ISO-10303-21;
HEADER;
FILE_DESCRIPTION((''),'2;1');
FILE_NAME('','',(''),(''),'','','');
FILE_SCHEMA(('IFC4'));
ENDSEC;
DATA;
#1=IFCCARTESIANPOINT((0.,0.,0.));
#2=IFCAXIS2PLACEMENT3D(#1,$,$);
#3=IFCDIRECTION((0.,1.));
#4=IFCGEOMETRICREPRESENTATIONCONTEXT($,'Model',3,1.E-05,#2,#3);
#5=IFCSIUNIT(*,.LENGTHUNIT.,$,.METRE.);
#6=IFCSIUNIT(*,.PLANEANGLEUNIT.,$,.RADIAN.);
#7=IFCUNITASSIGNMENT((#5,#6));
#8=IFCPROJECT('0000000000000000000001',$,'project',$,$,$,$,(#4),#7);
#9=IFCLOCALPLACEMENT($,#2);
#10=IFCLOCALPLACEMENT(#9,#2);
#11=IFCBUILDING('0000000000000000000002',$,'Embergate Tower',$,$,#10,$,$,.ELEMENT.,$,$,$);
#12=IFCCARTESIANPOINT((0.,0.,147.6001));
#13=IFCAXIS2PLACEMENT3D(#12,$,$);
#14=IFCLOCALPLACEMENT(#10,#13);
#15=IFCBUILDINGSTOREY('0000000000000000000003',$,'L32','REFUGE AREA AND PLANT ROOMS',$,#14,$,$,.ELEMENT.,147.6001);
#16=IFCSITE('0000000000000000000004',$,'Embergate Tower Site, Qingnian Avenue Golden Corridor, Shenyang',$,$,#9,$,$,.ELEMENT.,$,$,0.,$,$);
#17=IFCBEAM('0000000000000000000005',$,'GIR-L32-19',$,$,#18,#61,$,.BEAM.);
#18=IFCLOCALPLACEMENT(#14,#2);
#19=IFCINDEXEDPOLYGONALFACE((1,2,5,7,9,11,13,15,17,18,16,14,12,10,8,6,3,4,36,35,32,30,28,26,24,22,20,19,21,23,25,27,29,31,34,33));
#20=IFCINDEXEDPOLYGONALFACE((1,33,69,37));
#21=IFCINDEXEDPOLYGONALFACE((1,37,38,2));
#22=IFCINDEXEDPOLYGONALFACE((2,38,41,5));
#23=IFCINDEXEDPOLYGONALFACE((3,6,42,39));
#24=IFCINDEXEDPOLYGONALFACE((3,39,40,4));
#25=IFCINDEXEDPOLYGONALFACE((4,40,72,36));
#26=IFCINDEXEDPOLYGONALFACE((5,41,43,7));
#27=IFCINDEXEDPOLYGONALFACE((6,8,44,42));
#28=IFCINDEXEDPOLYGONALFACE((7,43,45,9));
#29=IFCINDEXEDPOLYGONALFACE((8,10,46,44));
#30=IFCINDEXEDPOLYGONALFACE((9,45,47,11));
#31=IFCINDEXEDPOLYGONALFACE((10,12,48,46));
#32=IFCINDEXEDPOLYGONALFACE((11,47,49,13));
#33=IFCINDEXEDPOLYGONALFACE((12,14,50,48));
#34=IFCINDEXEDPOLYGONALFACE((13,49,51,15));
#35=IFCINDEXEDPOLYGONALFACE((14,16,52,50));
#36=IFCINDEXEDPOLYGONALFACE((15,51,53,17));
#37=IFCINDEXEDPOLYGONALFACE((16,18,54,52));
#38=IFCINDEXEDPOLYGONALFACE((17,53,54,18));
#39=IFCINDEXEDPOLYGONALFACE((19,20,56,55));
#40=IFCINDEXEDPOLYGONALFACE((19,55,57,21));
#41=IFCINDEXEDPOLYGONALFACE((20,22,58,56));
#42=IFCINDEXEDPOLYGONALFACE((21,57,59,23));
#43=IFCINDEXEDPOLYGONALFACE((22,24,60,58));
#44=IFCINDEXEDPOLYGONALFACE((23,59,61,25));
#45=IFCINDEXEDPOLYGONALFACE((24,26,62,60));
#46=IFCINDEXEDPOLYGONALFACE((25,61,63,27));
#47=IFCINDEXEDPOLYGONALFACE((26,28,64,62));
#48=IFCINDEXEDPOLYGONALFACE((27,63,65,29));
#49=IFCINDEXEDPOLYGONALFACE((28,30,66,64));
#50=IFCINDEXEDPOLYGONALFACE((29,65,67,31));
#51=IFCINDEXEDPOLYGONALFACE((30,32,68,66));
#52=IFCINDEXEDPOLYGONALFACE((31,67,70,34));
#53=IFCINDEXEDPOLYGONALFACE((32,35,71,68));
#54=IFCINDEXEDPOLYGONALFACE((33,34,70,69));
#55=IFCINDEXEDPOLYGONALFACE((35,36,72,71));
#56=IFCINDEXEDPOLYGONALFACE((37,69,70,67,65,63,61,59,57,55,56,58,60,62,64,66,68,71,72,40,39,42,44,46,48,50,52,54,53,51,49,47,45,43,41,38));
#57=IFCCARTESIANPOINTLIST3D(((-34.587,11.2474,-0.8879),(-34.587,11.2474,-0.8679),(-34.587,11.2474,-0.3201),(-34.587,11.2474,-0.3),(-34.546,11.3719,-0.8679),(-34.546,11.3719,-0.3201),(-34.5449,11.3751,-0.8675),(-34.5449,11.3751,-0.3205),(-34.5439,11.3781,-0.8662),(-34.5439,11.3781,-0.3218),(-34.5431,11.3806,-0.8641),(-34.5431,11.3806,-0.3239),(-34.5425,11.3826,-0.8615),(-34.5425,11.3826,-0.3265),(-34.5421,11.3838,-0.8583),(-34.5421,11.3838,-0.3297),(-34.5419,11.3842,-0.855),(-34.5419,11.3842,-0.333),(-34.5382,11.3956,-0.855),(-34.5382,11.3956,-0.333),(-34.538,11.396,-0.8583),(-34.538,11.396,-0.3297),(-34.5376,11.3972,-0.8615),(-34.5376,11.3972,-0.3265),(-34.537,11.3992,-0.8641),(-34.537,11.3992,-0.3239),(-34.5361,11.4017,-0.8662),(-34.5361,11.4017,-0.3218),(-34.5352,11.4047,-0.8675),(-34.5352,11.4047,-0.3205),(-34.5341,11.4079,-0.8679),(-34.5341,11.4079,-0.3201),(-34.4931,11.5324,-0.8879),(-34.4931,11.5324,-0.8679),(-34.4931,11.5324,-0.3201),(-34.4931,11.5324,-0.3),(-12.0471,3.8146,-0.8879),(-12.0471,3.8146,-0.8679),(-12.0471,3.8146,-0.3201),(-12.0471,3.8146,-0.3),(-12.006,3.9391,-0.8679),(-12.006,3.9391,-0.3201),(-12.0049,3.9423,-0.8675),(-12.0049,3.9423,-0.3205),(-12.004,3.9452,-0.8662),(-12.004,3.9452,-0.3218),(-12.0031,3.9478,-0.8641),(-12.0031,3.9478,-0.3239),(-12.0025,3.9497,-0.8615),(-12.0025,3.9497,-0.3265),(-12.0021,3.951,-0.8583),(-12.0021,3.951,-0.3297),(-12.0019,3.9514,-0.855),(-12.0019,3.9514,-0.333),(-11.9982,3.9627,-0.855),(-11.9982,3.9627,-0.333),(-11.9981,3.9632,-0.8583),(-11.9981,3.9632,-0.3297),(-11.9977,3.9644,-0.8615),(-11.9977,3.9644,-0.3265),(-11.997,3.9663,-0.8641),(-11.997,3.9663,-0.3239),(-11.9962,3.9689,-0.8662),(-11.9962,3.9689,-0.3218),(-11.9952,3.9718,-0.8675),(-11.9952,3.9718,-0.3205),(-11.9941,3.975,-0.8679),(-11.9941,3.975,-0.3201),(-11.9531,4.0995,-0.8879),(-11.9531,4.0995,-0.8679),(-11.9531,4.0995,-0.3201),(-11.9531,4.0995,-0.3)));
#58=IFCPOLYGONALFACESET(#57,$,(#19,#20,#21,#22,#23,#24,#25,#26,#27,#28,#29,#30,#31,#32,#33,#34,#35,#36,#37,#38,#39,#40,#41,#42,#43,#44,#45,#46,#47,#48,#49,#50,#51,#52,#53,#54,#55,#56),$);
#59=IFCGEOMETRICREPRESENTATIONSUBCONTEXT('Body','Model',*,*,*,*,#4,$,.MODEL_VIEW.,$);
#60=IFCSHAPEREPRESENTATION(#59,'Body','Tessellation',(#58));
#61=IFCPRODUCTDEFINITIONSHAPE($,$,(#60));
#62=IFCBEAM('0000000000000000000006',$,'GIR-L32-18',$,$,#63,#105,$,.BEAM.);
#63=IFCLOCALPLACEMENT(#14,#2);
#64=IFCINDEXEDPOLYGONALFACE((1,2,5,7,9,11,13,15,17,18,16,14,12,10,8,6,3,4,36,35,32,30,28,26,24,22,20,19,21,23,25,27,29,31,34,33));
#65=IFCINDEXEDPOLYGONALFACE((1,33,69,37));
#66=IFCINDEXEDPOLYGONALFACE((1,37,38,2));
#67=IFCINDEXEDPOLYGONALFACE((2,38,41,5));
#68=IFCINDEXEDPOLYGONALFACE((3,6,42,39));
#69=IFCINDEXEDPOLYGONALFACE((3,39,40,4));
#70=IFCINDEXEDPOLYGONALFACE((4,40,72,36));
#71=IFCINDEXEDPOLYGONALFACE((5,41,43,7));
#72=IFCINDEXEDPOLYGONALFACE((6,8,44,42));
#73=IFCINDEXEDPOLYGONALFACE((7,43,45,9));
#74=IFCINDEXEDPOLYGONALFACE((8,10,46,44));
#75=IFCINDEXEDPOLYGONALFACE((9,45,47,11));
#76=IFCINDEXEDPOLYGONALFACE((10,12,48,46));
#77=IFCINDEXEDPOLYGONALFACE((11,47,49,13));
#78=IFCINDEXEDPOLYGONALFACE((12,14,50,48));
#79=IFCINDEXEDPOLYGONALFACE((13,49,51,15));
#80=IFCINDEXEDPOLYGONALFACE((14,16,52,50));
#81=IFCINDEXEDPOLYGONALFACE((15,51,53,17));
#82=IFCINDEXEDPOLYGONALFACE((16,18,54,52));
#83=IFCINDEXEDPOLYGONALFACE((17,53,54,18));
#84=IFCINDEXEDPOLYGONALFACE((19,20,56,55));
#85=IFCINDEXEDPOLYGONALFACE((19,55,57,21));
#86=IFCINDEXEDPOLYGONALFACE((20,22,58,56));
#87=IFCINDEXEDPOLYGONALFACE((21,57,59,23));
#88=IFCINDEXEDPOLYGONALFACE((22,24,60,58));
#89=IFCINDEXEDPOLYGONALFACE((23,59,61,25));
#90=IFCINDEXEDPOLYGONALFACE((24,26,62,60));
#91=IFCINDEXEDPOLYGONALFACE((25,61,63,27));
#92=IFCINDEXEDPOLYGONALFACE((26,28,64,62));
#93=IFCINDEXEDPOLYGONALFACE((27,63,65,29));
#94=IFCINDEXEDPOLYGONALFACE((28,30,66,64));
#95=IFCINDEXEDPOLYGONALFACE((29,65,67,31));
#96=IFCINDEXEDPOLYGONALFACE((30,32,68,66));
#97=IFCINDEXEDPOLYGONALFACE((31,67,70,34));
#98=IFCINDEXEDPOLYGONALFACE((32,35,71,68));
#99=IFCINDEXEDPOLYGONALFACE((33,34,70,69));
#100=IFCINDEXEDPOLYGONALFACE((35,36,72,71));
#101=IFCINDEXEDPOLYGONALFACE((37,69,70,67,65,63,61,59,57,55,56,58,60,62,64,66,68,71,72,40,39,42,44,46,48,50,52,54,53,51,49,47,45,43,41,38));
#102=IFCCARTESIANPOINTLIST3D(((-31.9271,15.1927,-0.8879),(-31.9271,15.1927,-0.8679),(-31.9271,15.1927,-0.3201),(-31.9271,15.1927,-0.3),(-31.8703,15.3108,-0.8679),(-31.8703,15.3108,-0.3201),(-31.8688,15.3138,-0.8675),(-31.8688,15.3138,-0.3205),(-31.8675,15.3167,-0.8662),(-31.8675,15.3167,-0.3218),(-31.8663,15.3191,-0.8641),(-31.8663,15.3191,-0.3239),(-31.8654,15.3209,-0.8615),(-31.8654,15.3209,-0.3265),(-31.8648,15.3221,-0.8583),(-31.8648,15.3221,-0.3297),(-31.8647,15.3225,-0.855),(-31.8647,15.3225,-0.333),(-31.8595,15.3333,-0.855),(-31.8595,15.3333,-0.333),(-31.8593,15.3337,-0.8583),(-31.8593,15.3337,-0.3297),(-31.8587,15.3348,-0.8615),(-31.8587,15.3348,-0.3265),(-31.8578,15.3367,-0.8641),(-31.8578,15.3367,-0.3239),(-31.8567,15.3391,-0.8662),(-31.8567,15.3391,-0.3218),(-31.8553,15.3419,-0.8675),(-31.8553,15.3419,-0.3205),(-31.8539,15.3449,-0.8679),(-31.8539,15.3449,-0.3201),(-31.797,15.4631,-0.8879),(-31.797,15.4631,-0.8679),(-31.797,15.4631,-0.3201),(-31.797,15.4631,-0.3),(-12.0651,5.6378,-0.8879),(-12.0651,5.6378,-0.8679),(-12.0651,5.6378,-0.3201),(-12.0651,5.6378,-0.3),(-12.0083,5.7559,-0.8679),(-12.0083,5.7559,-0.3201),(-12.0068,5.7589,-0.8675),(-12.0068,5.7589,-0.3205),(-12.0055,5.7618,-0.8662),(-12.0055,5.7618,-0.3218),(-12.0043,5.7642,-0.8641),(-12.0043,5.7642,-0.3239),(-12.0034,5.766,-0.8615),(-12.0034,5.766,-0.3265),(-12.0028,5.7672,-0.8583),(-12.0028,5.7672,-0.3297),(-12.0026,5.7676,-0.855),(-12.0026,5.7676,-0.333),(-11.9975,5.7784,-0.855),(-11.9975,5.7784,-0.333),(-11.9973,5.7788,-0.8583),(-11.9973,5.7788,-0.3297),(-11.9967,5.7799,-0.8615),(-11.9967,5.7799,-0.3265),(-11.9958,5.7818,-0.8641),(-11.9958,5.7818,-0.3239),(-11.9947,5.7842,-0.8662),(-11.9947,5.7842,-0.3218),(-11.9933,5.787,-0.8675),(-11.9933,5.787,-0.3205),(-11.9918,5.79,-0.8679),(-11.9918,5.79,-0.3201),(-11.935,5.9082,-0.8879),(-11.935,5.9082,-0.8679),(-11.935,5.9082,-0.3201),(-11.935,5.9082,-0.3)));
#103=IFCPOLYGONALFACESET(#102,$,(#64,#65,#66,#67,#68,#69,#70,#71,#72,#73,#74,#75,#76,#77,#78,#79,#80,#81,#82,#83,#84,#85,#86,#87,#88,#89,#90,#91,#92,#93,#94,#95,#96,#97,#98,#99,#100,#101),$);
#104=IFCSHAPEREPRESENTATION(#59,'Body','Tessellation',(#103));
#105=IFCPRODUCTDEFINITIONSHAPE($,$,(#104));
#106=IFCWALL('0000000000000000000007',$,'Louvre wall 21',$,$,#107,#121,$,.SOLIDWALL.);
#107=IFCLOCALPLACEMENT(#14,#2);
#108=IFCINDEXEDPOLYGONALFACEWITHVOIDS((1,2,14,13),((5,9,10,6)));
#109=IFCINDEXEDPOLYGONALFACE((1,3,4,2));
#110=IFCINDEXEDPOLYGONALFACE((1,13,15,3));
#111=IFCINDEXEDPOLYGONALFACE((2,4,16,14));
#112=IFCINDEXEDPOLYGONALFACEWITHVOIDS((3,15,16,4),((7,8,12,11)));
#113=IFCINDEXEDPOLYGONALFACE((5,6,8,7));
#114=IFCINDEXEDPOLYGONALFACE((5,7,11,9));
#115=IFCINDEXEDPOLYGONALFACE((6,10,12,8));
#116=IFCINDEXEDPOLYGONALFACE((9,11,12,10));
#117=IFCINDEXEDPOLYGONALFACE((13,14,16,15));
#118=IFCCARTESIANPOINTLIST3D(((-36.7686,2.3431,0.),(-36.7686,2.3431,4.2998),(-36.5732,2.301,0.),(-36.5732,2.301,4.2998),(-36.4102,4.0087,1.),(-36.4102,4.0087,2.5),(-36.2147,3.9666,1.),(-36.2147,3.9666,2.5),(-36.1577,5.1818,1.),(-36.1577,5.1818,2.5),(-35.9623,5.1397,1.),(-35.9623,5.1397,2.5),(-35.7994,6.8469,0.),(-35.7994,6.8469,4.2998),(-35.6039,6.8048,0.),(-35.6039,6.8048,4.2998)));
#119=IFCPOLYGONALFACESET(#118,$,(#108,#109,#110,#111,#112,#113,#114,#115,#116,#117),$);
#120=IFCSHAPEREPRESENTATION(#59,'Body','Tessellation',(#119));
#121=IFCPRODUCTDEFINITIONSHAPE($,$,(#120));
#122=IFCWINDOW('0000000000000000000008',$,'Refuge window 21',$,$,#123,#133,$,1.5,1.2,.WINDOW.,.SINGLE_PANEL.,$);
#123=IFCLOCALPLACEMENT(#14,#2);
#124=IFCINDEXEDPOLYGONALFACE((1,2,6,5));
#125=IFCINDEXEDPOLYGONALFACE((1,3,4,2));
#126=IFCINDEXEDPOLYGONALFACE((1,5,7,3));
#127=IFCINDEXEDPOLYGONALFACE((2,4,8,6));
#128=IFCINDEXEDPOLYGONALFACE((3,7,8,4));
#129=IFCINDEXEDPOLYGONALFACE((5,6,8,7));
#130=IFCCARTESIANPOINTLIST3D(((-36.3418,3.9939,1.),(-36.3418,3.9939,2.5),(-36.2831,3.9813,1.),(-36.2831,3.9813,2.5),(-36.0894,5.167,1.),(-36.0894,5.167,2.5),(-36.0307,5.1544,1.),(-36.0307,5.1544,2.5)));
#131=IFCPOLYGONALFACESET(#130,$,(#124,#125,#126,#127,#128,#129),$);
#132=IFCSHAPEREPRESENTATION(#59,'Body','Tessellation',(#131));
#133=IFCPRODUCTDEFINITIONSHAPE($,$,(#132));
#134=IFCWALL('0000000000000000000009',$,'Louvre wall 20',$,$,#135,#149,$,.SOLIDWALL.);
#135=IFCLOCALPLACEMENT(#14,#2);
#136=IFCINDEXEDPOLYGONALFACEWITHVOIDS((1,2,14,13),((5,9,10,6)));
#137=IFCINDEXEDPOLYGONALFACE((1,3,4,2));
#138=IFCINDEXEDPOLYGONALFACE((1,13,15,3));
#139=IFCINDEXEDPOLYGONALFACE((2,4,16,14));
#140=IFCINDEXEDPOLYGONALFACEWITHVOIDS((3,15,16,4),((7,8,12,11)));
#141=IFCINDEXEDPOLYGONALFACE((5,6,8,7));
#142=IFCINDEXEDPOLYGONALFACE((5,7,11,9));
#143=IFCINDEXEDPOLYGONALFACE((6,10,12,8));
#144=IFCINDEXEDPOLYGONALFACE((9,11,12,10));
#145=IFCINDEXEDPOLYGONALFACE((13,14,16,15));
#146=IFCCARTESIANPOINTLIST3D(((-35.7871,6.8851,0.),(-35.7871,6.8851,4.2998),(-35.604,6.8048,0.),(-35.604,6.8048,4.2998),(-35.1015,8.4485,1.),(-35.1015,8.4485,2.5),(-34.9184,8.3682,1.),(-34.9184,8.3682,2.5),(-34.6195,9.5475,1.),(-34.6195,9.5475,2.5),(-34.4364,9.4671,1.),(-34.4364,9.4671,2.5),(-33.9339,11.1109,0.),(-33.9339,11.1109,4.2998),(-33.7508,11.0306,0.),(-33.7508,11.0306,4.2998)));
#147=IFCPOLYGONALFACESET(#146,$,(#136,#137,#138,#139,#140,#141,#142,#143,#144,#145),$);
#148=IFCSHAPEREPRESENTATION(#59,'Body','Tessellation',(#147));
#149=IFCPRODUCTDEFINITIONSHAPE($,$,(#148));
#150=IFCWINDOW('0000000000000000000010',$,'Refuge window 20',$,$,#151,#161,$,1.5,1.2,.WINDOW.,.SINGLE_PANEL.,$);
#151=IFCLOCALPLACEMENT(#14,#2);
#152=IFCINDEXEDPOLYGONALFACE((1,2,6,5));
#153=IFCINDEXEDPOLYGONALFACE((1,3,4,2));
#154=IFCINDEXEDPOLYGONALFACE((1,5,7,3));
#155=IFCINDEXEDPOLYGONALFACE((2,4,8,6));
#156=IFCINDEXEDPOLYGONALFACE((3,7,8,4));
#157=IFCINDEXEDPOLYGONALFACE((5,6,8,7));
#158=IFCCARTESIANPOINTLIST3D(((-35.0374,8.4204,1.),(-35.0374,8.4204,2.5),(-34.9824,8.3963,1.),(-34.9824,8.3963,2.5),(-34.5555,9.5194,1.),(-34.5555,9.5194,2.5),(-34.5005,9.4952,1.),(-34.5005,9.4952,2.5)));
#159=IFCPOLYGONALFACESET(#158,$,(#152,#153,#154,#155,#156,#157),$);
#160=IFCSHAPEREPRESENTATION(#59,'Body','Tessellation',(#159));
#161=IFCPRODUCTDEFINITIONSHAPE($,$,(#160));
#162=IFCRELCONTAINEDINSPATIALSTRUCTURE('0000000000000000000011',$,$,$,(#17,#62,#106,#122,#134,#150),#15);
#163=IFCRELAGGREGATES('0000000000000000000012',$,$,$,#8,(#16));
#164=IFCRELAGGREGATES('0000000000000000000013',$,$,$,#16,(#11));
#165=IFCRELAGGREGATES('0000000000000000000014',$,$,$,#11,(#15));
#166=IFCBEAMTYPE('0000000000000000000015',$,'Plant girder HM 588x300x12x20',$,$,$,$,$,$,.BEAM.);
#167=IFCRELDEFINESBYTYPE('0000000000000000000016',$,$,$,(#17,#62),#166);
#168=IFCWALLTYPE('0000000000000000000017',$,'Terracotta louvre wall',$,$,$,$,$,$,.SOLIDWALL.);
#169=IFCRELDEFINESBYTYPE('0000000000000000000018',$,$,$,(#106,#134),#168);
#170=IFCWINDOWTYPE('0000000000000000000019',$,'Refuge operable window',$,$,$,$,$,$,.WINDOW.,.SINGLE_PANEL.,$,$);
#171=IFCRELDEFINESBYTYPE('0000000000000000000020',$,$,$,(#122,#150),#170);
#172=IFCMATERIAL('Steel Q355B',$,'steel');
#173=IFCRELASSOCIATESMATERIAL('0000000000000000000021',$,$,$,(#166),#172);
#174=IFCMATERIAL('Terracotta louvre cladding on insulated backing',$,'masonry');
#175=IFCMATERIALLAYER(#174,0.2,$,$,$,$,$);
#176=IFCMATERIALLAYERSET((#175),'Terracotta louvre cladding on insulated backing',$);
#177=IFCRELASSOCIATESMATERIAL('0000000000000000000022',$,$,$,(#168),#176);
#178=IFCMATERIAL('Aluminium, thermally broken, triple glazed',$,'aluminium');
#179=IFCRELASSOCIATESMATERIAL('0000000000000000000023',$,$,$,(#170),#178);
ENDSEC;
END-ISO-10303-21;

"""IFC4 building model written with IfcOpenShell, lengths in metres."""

from ifc_helpers import new_model, si_unit, direction, frame, frame_2d, origin, origin_2d, place, context, subcontext, project, spatial, rectangle, i_section, extrude, source, transform, mapped, material, layer, layer_set, material_profile, profile_set, type_object, element, fill, save


model = new_model("IFC4")

# Units and contexts
model_context = context("Model", 3, precision=1e-05, world=origin(), true_north=direction((0.0, 1.0)))
body_context = subcontext(model_context, "Body", "Model", "MODEL_VIEW")
ifc_project = project(units=[si_unit("LENGTHUNIT", "METRE"), si_unit("PLANEANGLEUNIT", "RADIAN")], contexts=[model_context])

# Site, building, storey
site_placement = place(None, origin())
site = spatial("IfcSite", under=ifc_project, at=site_placement, Name="Embergate Tower Site, Qingnian Avenue Golden Corridor, Shenyang", CompositionType="ELEMENT", RefElevation=0.0)
building_placement = place(site_placement, origin())
building = spatial("IfcBuilding", under=site, at=building_placement, Name="Embergate Tower", CompositionType="ELEMENT")
storey_placement = place(building_placement, frame((0.0, 0.0, 147.6001)))
storey = spatial("IfcBuildingStorey", under=building, at=storey_placement, Name="L32", Description="REFUGE AREA AND PLANT ROOMS", CompositionType="ELEMENT", Elevation=147.6001)

# Beams
ifc_material_1 = material(Name="Steel Q355B", Category="steel")
ifc_material_profile_1 = material_profile(ifc_material_1, i_section(OverallWidth=0.3, OverallDepth=0.5879, WebThickness=0.012, FlangeThickness=0.02, FilletRadius=0.0129, at=origin_2d()), Name="HM 588x300x12x20")
ifc_profile_set_1 = profile_set([ifc_material_profile_1], Name="Steel Q355 grade B")
beam_type_1 = type_object("IfcBeamType", Name="Plant girder HM 588x300x12x20", PredefinedType="BEAM", material=ifc_profile_set_1)
shared_shape_1 = source(origin(), body_context, "Body", "SweptSolid", [
    extrude(i_section(OverallWidth=0.3, OverallDepth=0.5879, WebThickness=0.012, FlangeThickness=0.02, FilletRadius=0.0129, at=origin_2d()), origin(), (0.0, 0.0, 1.0), 23.7339),
])
beam_1_placement = place(storey_placement, frame((-34.54, 11.3899, -0.594), z_axis=(0.949696, -0.313174, 0.0), x_axis=(0.313174, 0.949696, 0.0)))
element("IfcBeam", 1, at=beam_1_placement, inside=storey, type_object=beam_type_1, Name="GIR-L32-19", PredefinedType="BEAM", context=body_context, shape_type="MappedRepresentation", body=[
    mapped(shared_shape_1, transform((0.0, 0.0, 0.0))),
])
shared_shape_2 = source(origin(), body_context, "Body", "SweptSolid", [
    extrude(i_section(OverallWidth=0.3, OverallDepth=0.5879, WebThickness=0.012, FlangeThickness=0.02, FilletRadius=0.0129, at=origin_2d()), origin(), (0.0, 0.0, 1.0), 22.0408),
])
beam_2_placement = place(storey_placement, frame((-31.8621, 15.3279, -0.594), z_axis=(0.901149, -0.433511, 0.0), x_axis=(0.433511, 0.901149, 0.0)))
element("IfcBeam", 2, at=beam_2_placement, inside=storey, type_object=beam_type_1, Name="GIR-L32-18", PredefinedType="BEAM", context=body_context, shape_type="MappedRepresentation", body=[
    mapped(shared_shape_2, transform((0.0, 0.0, 0.0))),
])

# Walls, openings, windows
ifc_material_2 = material(Name="Terracotta louvre cladding on insulated backing", Category="masonry")
ifc_layer_1 = layer(ifc_material_2, 0.2)
ifc_layer_set_1 = layer_set([ifc_layer_1], Name="Terracotta louvre cladding on insulated backing")
wall_type_1 = type_object("IfcWallType", Name="Terracotta louvre wall", PredefinedType="SOLIDWALL", material=ifc_layer_set_1)
shared_shape_3 = source(origin(), body_context, "Body", "SweptSolid", [
    extrude(rectangle(XDim=4.6069, YDim=0.2, at=frame_2d((2.3035, 0.0))), origin(), (0.0, 0.0, 1.0), 4.2998),
])
wall_1_placement = place(storey_placement, frame((-36.6709, 2.322, 0.0), z_axis=(0.0, 0.0, 1.0), x_axis=(0.210383, 0.977619, 0.0)))
wall_1 = element("IfcWall", 3, at=wall_1_placement, inside=storey, type_object=wall_type_1, Name="Louvre wall 21", PredefinedType="SOLIDWALL", context=body_context, shape_type="MappedRepresentation", body=[
    mapped(shared_shape_3, transform((0.0, 0.0, 0.0))),
])
shared_shape_4 = source(origin(), body_context, "Body", "SweptSolid", [
    extrude(rectangle(XDim=1.2, YDim=1.5, at=frame_2d((0.6001, 0.75))), frame((0.0, 0.1099, 0.0), z_axis=(0.0, -1.0, 0.0), x_axis=(1.0, 0.0, 0.0)), (0.0, 0.0, 1.0), 0.22),
])
opening_1_placement = place(wall_1_placement, frame((1.7036, 0.0, 1.0)))
opening_1 = element("IfcOpeningElement", 4, at=opening_1_placement, cuts=wall_1, PredefinedType="OPENING", context=body_context, shape_type="MappedRepresentation", body=[
    mapped(shared_shape_4, transform((0.0, 0.0, 0.0))),
])
ifc_material_3 = material(Name="Aluminium, thermally broken, triple glazed", Category="aluminium")
window_type = type_object("IfcWindowType", Name="Refuge operable window", PartitioningType="SINGLE_PANEL", PredefinedType="WINDOW", material=ifc_material_3)
shared_shape_5 = source(origin(), body_context, "Body", "SweptSolid", [
    extrude(rectangle(XDim=1.2, YDim=1.5, at=frame_2d((0.6001, 0.75))), frame((0.0, 0.03, 0.0), z_axis=(0.0, -1.0, 0.0), x_axis=(1.0, 0.0, 0.0)), (0.0, 0.0, 1.0), 0.0601),
])
window_1_placement = place(opening_1_placement, origin())
window_1 = element("IfcWindow", 5, at=window_1_placement, inside=storey, type_object=window_type, Name="Refuge window 21", OverallHeight=1.5, OverallWidth=1.2, PartitioningType="SINGLE_PANEL", PredefinedType="WINDOW", context=body_context, shape_type="MappedRepresentation", body=[
    mapped(shared_shape_5, transform((0.0, 0.0, 0.0))),
])
fill(opening_1, window_1)
shared_shape_6 = source(origin(), body_context, "Body", "SweptSolid", [
    extrude(rectangle(XDim=4.6143, YDim=0.2, at=frame_2d((2.3071, 0.0))), origin(), (0.0, 0.0, 1.0), 4.2998),
])
wall_2_placement = place(storey_placement, frame((-35.6956, 6.845, 0.0), z_axis=(0.0, 0.0, 1.0), x_axis=(0.401632, 0.915801, 0.0)))
wall_2 = element("IfcWall", 6, at=wall_2_placement, inside=storey, type_object=wall_type_1, Name="Louvre wall 20", PredefinedType="SOLIDWALL", context=body_context, shape_type="MappedRepresentation", body=[
    mapped(shared_shape_6, transform((0.0, 0.0, 0.0))),
])
opening_2_placement = place(wall_2_placement, frame((1.707, 0.0, 1.0)))
opening_2 = element("IfcOpeningElement", 7, at=opening_2_placement, cuts=wall_2, PredefinedType="OPENING", context=body_context, shape_type="MappedRepresentation", body=[
    mapped(shared_shape_4, transform((0.0, 0.0, 0.0))),
])
window_2_placement = place(opening_2_placement, origin())
window_2 = element("IfcWindow", 8, at=window_2_placement, inside=storey, type_object=window_type, Name="Refuge window 20", OverallHeight=1.5, OverallWidth=1.2, PartitioningType="SINGLE_PANEL", PredefinedType="WINDOW", context=body_context, shape_type="MappedRepresentation", body=[
    mapped(shared_shape_5, transform((0.0, 0.0, 0.0))),
])
fill(opening_2, window_2)

save(model, "model.ifc")
